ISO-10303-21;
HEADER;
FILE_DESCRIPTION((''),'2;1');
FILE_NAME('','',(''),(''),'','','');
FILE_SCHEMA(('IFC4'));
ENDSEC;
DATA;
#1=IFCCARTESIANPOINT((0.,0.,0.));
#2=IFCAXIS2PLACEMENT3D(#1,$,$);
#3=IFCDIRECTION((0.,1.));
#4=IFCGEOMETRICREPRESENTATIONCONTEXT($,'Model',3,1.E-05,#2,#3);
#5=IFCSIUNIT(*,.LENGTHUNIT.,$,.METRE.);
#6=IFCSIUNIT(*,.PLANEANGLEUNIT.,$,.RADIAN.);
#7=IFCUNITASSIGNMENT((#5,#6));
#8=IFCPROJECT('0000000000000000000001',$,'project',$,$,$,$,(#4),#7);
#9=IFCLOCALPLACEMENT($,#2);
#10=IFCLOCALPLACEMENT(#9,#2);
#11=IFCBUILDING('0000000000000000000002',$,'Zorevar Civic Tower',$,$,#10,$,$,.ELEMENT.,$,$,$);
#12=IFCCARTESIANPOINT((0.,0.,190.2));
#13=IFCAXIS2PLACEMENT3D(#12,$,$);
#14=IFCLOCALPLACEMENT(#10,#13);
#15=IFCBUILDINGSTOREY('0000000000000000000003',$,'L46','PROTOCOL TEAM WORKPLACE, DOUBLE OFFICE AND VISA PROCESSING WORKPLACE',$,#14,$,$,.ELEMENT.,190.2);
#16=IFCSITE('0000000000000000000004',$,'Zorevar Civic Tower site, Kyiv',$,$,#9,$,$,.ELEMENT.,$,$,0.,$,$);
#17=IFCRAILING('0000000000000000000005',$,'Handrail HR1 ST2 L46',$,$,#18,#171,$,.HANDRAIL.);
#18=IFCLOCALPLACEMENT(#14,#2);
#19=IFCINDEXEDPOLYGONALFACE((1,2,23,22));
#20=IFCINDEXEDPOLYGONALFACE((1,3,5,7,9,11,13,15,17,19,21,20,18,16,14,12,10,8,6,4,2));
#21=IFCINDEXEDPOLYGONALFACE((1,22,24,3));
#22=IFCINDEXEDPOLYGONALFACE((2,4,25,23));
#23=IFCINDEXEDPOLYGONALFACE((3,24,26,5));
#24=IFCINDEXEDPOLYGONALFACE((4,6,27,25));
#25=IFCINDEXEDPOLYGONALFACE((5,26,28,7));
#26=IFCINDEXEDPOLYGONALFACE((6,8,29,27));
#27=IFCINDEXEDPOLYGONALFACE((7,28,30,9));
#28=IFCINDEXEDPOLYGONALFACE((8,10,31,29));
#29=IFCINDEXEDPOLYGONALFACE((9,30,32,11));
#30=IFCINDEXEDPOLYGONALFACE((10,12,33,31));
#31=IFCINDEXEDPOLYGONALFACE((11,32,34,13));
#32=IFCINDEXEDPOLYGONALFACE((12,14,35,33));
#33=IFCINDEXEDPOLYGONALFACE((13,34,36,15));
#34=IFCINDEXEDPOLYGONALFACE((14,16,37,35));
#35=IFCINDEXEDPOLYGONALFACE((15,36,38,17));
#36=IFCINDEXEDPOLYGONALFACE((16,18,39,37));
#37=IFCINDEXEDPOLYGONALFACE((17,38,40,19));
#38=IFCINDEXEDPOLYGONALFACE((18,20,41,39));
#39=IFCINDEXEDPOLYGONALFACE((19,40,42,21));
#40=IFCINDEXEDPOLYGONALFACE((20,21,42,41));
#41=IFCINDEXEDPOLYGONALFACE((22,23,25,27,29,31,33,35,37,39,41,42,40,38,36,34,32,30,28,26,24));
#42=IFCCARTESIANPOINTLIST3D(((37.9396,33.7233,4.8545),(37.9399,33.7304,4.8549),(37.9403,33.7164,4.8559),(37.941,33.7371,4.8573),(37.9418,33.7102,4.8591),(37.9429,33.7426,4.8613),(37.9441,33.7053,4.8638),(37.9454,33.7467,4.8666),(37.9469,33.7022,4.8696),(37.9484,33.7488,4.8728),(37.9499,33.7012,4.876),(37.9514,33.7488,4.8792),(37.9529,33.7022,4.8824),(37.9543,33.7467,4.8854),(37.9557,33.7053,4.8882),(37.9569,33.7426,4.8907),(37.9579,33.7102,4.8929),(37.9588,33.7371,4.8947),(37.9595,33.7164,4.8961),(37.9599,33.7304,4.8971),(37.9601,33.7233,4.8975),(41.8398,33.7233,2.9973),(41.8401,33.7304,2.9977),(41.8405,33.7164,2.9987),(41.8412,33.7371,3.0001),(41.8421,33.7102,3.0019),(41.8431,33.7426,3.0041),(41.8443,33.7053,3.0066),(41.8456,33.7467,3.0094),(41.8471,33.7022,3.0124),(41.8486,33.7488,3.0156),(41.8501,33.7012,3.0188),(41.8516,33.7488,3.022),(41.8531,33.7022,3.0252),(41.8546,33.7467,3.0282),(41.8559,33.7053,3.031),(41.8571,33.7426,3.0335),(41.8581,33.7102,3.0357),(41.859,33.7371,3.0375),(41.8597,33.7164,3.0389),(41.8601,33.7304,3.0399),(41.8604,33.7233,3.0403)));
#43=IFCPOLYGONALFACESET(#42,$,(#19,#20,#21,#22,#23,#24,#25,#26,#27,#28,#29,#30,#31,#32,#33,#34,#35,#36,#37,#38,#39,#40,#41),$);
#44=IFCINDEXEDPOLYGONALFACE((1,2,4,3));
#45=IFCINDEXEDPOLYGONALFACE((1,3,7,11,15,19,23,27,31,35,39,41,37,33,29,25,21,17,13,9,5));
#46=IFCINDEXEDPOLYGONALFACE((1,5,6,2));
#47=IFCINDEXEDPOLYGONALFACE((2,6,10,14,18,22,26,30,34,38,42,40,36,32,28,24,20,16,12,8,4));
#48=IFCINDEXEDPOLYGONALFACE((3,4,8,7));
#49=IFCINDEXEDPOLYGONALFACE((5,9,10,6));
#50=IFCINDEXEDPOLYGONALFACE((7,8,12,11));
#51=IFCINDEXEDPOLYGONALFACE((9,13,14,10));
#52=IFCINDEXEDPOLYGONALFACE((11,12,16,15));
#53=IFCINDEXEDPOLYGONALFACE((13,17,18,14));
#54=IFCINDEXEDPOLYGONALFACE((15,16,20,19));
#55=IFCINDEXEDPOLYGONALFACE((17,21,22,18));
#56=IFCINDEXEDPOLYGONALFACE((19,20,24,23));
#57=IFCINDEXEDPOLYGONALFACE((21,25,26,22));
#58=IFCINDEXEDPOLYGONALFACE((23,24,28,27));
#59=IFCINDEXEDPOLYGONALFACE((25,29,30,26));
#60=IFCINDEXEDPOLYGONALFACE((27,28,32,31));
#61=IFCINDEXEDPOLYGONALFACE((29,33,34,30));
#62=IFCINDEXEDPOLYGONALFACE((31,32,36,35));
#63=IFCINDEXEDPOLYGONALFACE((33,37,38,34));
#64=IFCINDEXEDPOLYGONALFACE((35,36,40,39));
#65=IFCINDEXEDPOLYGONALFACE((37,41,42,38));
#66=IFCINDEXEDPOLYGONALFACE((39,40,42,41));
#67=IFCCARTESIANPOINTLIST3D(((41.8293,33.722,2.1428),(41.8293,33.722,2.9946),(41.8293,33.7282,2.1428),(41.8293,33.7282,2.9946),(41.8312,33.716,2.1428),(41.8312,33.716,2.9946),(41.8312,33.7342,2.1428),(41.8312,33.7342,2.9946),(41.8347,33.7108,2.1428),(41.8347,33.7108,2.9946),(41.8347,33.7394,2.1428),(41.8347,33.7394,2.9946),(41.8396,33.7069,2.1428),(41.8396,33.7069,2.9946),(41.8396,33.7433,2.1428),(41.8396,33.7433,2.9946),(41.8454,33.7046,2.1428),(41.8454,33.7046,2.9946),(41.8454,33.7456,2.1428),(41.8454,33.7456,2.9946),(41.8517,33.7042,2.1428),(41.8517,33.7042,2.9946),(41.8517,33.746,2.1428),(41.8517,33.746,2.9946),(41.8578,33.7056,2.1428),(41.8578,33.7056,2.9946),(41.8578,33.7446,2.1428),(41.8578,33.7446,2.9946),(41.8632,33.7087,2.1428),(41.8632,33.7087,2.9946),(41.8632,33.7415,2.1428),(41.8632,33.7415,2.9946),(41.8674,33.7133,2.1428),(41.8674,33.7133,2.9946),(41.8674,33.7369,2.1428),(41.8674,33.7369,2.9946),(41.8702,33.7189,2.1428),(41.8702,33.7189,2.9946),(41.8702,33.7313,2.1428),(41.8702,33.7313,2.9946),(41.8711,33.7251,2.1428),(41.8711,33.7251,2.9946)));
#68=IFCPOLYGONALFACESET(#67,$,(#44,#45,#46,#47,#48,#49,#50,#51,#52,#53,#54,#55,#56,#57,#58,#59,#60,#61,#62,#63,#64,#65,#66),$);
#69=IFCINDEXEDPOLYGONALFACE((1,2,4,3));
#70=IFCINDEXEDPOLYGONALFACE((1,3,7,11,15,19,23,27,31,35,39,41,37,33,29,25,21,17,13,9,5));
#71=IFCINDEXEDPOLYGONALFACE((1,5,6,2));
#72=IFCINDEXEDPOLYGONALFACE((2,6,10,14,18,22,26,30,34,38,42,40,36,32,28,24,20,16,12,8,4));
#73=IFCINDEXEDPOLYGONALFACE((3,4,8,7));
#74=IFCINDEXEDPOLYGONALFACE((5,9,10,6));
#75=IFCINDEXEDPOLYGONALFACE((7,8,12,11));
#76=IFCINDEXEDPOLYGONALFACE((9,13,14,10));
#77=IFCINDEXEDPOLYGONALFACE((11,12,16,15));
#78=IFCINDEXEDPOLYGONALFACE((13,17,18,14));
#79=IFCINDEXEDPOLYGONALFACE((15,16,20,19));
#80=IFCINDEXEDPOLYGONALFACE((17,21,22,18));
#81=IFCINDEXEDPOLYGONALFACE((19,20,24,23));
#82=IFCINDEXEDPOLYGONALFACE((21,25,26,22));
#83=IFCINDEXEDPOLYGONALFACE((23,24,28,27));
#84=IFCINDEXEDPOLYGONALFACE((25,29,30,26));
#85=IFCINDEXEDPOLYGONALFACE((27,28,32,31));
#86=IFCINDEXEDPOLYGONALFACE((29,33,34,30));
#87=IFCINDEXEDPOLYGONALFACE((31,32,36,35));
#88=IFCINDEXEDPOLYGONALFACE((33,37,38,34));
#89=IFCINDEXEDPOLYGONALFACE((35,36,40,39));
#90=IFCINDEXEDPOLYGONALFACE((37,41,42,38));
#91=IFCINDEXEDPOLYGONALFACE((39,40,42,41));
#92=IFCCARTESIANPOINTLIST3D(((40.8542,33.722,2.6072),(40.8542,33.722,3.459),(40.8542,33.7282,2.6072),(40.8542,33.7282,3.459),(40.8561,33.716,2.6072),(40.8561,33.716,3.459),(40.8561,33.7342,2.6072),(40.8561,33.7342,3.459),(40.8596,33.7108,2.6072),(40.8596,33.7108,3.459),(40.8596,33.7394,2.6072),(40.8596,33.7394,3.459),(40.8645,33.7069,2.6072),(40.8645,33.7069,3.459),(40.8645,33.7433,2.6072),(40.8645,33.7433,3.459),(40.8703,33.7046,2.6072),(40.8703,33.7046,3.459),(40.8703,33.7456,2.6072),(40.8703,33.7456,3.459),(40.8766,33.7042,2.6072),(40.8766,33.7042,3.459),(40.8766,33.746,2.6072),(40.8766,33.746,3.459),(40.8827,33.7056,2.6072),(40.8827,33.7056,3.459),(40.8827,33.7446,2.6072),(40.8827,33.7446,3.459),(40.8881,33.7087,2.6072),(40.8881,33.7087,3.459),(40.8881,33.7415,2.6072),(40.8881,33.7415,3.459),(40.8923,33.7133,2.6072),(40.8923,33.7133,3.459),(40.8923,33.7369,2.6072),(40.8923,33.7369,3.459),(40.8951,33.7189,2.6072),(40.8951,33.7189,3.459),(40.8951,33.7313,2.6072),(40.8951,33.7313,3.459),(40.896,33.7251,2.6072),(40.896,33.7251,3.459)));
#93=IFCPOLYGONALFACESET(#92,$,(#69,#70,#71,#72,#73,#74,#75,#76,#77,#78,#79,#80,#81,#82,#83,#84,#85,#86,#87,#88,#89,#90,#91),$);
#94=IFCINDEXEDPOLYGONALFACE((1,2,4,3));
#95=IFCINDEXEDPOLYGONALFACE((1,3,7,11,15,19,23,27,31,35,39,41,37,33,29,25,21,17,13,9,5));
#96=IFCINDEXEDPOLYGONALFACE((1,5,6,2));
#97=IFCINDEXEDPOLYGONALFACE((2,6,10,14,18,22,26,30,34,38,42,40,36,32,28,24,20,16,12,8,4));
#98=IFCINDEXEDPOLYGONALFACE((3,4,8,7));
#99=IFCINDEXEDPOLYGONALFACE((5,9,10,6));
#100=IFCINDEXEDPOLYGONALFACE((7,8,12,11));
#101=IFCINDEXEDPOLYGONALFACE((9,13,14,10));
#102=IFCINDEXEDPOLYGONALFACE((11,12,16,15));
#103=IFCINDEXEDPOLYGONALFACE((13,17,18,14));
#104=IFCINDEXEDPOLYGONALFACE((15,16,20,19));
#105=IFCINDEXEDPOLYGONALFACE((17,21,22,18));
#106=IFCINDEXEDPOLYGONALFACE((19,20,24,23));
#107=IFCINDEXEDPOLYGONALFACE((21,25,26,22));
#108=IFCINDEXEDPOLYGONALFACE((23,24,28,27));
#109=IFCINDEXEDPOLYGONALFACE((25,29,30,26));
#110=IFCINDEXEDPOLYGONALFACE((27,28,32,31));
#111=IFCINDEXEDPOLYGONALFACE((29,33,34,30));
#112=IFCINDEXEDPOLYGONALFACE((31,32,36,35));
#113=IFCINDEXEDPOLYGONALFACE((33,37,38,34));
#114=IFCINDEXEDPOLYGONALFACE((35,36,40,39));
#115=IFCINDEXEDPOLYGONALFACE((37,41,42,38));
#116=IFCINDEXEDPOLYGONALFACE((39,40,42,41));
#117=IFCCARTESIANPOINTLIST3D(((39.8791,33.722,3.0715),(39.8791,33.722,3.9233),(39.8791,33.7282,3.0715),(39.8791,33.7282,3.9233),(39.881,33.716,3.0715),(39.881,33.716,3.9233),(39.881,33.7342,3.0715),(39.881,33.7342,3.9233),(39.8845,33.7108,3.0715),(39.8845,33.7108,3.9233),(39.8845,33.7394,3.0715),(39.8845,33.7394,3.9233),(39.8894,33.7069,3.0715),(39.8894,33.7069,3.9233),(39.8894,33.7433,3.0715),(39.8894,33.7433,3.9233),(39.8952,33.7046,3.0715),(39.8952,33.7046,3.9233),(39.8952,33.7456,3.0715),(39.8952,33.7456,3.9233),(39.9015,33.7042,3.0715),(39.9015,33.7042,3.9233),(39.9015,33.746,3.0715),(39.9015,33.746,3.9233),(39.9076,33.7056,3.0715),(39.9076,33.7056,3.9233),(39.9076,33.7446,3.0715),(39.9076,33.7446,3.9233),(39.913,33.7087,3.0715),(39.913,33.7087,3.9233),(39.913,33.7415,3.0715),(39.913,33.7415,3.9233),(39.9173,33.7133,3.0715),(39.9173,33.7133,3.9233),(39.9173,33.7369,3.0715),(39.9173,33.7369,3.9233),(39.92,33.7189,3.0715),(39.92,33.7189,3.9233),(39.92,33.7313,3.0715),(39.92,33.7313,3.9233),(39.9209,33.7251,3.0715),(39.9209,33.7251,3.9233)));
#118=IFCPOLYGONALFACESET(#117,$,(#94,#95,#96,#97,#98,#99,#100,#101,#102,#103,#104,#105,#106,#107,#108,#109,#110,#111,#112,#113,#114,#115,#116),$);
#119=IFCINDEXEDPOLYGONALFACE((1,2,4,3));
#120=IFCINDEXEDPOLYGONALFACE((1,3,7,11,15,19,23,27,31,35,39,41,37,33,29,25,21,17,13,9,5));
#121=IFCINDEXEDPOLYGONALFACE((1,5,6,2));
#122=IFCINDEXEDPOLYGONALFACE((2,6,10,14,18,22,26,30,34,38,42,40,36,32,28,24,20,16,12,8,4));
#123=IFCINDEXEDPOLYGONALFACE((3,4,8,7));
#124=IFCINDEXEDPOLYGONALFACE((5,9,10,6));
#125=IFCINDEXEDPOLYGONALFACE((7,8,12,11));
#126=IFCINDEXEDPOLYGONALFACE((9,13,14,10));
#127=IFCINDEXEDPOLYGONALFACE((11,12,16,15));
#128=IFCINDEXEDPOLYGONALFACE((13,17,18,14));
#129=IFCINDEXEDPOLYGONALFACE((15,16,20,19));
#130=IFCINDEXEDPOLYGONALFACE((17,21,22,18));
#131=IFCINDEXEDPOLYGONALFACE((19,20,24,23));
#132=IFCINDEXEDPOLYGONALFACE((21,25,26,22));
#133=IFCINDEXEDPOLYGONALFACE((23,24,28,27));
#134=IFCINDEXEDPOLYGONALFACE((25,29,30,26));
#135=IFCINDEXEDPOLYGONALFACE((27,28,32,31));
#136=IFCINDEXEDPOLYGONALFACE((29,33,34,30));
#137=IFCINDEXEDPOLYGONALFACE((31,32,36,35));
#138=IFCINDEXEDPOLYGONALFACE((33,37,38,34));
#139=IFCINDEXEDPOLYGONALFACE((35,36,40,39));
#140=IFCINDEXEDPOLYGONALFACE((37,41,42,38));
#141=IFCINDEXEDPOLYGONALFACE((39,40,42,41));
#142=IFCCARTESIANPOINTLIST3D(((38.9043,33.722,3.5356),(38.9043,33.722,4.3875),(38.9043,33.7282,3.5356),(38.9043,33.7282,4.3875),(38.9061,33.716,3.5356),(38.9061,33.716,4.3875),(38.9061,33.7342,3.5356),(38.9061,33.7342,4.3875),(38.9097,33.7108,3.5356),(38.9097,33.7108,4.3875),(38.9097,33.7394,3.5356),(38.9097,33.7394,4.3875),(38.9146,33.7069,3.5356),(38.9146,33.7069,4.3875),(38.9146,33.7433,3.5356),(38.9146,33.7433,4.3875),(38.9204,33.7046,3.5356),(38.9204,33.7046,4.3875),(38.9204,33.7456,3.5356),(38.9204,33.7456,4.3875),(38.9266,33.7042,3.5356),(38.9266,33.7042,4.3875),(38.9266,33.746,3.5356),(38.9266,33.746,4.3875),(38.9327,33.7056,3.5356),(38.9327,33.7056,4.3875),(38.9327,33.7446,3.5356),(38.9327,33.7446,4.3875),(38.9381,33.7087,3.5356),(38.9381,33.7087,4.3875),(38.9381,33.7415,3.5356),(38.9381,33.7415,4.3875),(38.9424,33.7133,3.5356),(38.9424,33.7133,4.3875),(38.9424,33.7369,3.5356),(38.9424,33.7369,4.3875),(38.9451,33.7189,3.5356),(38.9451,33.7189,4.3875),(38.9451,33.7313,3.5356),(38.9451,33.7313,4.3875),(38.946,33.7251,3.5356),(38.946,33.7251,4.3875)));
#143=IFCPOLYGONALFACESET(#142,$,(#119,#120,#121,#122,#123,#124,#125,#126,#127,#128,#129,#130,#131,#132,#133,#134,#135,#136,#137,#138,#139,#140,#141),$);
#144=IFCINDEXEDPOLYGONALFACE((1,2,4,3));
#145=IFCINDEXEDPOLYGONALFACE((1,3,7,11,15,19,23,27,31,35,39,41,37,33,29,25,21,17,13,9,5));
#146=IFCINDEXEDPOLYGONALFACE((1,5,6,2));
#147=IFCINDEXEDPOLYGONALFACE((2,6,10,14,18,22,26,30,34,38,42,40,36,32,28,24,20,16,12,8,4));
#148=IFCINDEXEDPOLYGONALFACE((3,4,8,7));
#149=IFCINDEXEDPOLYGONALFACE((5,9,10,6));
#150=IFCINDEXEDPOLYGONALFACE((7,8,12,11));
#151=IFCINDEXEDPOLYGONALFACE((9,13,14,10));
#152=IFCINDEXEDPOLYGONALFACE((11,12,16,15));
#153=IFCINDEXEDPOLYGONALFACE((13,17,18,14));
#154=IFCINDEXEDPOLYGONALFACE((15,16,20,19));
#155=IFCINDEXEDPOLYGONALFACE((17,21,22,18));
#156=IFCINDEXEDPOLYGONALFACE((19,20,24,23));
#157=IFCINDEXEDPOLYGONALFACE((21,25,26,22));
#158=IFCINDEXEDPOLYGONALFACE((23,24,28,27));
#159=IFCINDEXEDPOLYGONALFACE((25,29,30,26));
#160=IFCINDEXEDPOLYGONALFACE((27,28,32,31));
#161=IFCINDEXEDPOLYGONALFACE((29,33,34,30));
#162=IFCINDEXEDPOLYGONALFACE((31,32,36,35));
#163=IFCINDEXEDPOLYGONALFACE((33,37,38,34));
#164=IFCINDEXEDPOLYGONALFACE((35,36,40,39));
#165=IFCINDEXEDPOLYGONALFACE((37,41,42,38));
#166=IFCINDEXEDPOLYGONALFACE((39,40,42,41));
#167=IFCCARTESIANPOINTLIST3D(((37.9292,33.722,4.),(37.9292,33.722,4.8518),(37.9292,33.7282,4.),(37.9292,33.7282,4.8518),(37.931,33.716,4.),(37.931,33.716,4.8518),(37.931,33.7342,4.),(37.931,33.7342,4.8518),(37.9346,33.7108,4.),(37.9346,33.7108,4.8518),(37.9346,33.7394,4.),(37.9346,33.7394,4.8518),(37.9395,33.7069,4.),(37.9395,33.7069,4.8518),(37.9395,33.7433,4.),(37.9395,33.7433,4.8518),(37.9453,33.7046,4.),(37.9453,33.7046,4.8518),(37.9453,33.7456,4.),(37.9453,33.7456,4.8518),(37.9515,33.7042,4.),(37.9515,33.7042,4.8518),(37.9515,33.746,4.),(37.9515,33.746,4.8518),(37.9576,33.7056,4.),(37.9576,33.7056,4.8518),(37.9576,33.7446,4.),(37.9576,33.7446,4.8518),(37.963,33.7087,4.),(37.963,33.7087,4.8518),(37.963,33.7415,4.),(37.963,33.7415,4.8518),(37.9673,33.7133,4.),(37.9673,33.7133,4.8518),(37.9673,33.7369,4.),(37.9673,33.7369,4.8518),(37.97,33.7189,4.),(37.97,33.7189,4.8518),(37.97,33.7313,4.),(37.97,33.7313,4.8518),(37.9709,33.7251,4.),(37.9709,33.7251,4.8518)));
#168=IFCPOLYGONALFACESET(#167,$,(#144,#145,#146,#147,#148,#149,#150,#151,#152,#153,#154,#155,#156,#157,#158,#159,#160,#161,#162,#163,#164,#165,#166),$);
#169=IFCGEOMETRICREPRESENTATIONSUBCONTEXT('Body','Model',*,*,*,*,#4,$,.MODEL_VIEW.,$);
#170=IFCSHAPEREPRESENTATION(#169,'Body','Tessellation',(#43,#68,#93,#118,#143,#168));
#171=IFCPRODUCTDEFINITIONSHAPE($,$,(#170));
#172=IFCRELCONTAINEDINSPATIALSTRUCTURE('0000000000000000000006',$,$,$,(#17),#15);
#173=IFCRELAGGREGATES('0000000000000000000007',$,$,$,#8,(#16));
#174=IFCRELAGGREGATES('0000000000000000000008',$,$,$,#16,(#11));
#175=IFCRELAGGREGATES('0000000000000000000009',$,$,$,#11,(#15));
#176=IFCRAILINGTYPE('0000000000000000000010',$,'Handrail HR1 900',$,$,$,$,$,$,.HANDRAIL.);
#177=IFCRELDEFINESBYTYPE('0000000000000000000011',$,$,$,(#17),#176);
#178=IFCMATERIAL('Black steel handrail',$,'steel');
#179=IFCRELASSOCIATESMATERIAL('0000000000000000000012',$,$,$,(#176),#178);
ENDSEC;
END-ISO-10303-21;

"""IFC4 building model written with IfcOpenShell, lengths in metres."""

from ifc_helpers import new_model, si_unit, direction, frame, origin, origin_2d, place, context, subcontext, project, spatial, circle, extrude, material, type_object, element, save


model = new_model("IFC4")

# Units and contexts
model_context = context("Model", 3, precision=1e-05, world=origin(), true_north=direction((0.0, 1.0)))
body_context = subcontext(model_context, "Body", "Model", "MODEL_VIEW")
ifc_project = project(units=[si_unit("LENGTHUNIT", "METRE"), si_unit("PLANEANGLEUNIT", "RADIAN")], contexts=[model_context])

# Site, building, storey
site_placement = place(None, origin())
site = spatial("IfcSite", under=ifc_project, at=site_placement, Name="Zorevar Civic Tower site, Kyiv", CompositionType="ELEMENT", RefElevation=0.0)
building_placement = place(site_placement, origin())
building = spatial("IfcBuilding", under=site, at=building_placement, Name="Zorevar Civic Tower", CompositionType="ELEMENT")
storey_placement = place(building_placement, frame((0.0, 0.0, 190.2)))
storey = spatial("IfcBuildingStorey", under=building, at=storey_placement, Name="L46", Description="PROTOCOL TEAM WORKPLACE, DOUBLE OFFICE AND VISA PROCESSING WORKPLACE", CompositionType="ELEMENT", Elevation=190.2)

# Railing
ifc_material_1 = material(Name="Black steel handrail", Category="steel")
railing_type = type_object("IfcRailingType", Name="Handrail HR1 900", PredefinedType="HANDRAIL", material=ifc_material_1)
railing_1_placement = place(storey_placement, frame((41.8501, 33.7251, 2.1428)))
element("IfcRailing", 1, at=railing_1_placement, inside=storey, type_object=railing_type, Name="Handrail HR1 ST2 L46", PredefinedType="HANDRAIL", context=body_context, shape_type="SweptSolid", body=[
    extrude(circle(Radius=0.0239, at=origin_2d()), frame((0.0, 0.0, 0.876), z_axis=(-0.902864, 0.0, 0.429927), x_axis=(0.0, -1.0, 0.0)), (0.0, 0.0, 1.0), 4.3198),
    extrude(circle(Radius=0.021, at=origin_2d()), origin(), (0.0, 0.0, 1.0), 0.8518),
    extrude(circle(Radius=0.021, at=origin_2d()), frame((-0.9751, 0.0, 0.4644)), (0.0, 0.0, 1.0), 0.8518),
    extrude(circle(Radius=0.021, at=origin_2d()), frame((-1.9502, 0.0, 0.9287)), (0.0, 0.0, 1.0), 0.8518),
    extrude(circle(Radius=0.021, at=origin_2d()), frame((-2.925, 0.0, 1.3928)), (0.0, 0.0, 1.0), 0.8518),
    extrude(circle(Radius=0.021, at=origin_2d()), frame((-3.9001, 0.0, 1.8572)), (0.0, 0.0, 1.0), 0.8518),
])

save(model, "model.ifc")
